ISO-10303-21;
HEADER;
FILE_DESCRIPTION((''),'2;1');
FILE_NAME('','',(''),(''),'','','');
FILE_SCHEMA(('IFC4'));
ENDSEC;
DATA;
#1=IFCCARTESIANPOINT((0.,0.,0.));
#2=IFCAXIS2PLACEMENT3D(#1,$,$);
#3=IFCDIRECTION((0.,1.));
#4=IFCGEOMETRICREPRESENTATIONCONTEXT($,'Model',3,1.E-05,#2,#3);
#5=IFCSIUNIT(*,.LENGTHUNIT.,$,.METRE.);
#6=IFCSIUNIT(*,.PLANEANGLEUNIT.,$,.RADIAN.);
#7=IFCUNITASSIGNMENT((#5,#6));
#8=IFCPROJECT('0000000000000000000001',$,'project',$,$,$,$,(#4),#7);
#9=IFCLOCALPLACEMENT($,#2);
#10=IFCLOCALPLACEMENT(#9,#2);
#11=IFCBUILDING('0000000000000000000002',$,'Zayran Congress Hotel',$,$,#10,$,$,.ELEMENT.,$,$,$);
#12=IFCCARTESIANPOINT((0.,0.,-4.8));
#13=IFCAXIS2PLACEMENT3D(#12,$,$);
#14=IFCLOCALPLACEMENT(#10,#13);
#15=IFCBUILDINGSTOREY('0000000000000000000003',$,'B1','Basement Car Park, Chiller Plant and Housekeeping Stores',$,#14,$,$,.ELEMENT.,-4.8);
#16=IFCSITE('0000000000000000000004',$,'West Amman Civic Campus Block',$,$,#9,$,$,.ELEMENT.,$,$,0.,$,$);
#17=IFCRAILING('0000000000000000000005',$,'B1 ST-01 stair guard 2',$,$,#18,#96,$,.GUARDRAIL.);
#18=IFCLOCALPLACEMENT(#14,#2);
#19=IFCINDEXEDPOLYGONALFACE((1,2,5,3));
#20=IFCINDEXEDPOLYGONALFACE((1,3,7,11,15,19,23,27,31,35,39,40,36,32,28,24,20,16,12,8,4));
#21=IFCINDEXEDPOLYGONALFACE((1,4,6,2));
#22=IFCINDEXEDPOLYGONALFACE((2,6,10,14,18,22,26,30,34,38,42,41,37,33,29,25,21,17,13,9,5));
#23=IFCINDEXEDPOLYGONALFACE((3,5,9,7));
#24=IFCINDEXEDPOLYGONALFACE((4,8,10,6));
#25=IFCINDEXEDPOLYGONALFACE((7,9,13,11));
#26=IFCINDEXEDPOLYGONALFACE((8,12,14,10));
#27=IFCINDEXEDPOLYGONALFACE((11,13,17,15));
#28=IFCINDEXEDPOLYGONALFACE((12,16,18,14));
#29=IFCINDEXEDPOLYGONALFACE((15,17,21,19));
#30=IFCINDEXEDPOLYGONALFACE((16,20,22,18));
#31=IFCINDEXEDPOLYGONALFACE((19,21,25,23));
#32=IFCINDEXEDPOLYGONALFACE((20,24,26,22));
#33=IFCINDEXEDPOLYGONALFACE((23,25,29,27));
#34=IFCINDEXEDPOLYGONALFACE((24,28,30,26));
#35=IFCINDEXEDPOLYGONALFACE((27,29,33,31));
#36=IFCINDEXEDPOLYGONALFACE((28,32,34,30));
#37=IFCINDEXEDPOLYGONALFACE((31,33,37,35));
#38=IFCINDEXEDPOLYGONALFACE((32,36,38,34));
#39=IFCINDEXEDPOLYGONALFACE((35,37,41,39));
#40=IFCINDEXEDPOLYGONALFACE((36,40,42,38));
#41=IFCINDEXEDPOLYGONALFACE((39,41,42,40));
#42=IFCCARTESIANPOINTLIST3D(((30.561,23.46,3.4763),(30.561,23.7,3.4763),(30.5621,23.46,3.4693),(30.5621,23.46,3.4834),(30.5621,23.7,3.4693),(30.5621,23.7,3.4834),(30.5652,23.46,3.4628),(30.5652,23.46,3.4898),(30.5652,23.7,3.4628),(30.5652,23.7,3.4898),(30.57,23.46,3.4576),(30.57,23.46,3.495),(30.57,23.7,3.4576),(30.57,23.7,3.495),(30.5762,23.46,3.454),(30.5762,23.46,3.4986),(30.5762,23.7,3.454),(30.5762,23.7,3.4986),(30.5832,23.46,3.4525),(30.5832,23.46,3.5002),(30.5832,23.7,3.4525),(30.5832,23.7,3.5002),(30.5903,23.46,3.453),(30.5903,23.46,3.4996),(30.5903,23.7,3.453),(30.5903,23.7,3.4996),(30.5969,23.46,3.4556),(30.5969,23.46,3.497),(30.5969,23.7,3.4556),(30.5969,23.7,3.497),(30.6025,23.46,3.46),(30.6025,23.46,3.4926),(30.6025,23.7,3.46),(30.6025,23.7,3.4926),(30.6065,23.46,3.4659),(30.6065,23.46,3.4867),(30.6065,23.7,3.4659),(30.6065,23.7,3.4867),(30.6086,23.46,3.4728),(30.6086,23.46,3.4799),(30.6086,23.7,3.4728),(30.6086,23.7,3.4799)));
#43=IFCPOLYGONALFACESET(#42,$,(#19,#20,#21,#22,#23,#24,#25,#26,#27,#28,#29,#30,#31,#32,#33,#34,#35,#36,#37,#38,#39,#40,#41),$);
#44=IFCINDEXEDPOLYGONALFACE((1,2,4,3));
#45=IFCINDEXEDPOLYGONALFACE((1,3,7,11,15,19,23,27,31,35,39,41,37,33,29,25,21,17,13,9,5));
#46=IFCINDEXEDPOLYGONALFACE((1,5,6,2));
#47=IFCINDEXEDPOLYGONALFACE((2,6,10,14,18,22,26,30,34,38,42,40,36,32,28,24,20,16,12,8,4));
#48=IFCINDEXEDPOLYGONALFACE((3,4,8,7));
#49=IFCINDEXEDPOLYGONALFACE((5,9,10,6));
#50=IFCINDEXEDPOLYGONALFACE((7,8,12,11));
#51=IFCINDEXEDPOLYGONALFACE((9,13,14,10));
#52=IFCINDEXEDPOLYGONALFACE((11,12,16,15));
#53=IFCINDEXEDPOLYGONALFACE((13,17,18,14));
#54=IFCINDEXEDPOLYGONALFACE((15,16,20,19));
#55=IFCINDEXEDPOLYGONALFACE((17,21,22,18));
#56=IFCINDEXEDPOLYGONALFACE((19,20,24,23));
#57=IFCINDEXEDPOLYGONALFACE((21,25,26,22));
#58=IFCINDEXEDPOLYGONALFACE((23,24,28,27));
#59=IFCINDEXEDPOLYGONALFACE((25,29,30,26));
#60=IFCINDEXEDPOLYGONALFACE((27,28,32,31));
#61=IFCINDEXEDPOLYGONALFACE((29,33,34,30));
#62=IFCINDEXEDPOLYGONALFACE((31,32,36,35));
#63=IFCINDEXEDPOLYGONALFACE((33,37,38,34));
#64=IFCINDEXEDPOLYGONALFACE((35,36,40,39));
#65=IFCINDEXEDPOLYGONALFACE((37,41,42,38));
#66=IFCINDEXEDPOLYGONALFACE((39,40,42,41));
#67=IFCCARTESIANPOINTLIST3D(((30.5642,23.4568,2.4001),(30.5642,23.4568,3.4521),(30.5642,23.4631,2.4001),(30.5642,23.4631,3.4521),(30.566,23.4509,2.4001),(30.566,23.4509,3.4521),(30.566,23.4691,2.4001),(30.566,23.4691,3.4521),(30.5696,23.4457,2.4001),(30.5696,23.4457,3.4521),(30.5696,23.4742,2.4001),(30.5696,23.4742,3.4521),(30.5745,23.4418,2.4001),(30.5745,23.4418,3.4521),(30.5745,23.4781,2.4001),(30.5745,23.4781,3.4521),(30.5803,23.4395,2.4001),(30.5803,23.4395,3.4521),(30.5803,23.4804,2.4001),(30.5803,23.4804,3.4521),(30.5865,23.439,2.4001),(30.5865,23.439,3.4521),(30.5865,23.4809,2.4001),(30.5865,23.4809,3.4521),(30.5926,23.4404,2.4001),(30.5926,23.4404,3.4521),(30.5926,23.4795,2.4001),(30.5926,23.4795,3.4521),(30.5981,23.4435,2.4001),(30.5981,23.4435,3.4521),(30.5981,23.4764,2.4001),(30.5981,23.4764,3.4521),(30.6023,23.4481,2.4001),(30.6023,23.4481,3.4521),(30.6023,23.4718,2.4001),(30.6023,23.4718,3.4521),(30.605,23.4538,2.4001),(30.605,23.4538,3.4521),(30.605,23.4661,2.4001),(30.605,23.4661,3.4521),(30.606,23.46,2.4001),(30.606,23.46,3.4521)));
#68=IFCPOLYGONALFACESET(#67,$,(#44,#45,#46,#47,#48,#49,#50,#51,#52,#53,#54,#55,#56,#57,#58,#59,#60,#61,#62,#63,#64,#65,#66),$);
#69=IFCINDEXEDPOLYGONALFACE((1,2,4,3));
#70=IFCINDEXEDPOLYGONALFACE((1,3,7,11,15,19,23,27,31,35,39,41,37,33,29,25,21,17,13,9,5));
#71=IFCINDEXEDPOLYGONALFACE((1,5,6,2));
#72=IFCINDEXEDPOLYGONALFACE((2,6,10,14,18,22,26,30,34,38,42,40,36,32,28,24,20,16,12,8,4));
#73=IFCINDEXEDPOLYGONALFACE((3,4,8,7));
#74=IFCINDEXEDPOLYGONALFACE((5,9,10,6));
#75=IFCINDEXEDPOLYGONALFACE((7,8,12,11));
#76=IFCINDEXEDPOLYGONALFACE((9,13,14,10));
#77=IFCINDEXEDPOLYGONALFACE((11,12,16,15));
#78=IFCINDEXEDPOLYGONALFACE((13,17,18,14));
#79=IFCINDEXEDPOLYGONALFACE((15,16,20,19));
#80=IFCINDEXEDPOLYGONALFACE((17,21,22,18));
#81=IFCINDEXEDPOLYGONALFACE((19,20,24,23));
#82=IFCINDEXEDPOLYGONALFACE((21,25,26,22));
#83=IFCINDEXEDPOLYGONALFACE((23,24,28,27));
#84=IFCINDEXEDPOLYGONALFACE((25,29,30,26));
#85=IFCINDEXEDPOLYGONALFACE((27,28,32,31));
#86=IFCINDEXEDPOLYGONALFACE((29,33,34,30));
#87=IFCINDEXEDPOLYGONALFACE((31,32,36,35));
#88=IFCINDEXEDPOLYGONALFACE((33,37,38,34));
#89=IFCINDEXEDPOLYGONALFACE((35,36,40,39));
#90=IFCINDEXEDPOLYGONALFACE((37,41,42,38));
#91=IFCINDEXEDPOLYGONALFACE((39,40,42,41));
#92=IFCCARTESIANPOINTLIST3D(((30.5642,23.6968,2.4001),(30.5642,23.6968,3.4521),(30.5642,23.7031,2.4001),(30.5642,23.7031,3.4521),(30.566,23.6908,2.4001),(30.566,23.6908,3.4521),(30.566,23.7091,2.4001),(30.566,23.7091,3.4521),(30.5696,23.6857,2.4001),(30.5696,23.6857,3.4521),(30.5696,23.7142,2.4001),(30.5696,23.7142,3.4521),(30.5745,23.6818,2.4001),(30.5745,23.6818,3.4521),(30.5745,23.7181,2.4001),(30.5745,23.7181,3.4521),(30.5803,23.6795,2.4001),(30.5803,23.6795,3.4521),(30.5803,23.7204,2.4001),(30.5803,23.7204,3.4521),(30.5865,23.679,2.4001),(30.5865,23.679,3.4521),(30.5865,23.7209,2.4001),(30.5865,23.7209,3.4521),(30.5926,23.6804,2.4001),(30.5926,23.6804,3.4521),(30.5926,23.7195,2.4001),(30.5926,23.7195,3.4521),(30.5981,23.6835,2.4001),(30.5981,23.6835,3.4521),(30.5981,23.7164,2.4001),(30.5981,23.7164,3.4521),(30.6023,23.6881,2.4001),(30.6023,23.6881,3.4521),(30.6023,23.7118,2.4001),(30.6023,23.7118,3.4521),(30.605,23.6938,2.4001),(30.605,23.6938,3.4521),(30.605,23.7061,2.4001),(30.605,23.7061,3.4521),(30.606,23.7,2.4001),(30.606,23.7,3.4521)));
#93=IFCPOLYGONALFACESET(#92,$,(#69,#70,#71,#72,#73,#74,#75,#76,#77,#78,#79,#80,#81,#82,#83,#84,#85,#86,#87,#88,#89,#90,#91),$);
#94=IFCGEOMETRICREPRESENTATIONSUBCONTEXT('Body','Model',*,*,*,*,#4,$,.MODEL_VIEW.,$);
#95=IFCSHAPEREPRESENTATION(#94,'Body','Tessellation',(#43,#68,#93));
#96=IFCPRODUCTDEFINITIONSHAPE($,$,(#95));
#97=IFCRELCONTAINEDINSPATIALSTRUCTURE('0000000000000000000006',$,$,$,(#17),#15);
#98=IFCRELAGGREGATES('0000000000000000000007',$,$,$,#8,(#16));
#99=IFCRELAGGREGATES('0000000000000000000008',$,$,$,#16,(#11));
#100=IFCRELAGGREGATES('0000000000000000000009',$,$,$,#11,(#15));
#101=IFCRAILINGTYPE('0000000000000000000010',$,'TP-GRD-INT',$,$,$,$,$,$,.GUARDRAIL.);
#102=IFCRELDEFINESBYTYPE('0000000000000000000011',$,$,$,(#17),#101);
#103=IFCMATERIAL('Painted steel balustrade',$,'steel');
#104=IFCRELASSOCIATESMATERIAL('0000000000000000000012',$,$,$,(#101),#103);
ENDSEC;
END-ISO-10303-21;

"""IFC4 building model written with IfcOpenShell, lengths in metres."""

from ifc_helpers import new_model, si_unit, direction, frame, origin, origin_2d, place, context, subcontext, project, spatial, circle, extrude, material, type_object, element, save


model = new_model("IFC4")

# Units and contexts
model_context = context("Model", 3, precision=1e-05, world=origin(), true_north=direction((0.0, 1.0)))
body_context = subcontext(model_context, "Body", "Model", "MODEL_VIEW")
ifc_project = project(units=[si_unit("LENGTHUNIT", "METRE"), si_unit("PLANEANGLEUNIT", "RADIAN")], contexts=[model_context])

# Site, building, storey
site_placement = place(None, origin())
site = spatial("IfcSite", under=ifc_project, at=site_placement, Name="West Amman Civic Campus Block", CompositionType="ELEMENT", RefElevation=0.0)
building_placement = place(site_placement, origin())
building = spatial("IfcBuilding", under=site, at=building_placement, Name="Zayran Congress Hotel", CompositionType="ELEMENT")
storey_placement = place(building_placement, frame((0.0, 0.0, -4.8)))
storey = spatial("IfcBuildingStorey", under=building, at=storey_placement, Name="B1", Description="Basement Car Park, Chiller Plant and Housekeeping Stores", CompositionType="ELEMENT", Elevation=-4.8)

# Railing
ifc_material_1 = material(Name="Painted steel balustrade", Category="steel")
railing_type_1 = type_object("IfcRailingType", Name="TP-GRD-INT", PredefinedType="GUARDRAIL", material=ifc_material_1)
railing_1_placement = place(storey_placement, frame((30.585, 23.46, 2.4001)))
element("IfcRailing", 1, at=railing_1_placement, inside=storey, type_object=railing_type_1, Name="B1 ST-01 stair guard 2", PredefinedType="GUARDRAIL", context=body_context, shape_type="SweptSolid", body=[
    extrude(circle(Radius=0.0239, at=origin_2d()), frame((0.0, 0.0, 1.0762), z_axis=(0.0, 1.0, 0.0), x_axis=(-1.0, 0.0, 0.0)), (0.0, 0.0, 1.0), 0.24),
    extrude(circle(Radius=0.021, at=origin_2d()), origin(), (0.0, 0.0, 1.0), 1.052),
    extrude(circle(Radius=0.021, at=origin_2d()), frame((0.0, 0.24, 0.0)), (0.0, 0.0, 1.0), 1.052),
])

save(model, "model.ifc")
